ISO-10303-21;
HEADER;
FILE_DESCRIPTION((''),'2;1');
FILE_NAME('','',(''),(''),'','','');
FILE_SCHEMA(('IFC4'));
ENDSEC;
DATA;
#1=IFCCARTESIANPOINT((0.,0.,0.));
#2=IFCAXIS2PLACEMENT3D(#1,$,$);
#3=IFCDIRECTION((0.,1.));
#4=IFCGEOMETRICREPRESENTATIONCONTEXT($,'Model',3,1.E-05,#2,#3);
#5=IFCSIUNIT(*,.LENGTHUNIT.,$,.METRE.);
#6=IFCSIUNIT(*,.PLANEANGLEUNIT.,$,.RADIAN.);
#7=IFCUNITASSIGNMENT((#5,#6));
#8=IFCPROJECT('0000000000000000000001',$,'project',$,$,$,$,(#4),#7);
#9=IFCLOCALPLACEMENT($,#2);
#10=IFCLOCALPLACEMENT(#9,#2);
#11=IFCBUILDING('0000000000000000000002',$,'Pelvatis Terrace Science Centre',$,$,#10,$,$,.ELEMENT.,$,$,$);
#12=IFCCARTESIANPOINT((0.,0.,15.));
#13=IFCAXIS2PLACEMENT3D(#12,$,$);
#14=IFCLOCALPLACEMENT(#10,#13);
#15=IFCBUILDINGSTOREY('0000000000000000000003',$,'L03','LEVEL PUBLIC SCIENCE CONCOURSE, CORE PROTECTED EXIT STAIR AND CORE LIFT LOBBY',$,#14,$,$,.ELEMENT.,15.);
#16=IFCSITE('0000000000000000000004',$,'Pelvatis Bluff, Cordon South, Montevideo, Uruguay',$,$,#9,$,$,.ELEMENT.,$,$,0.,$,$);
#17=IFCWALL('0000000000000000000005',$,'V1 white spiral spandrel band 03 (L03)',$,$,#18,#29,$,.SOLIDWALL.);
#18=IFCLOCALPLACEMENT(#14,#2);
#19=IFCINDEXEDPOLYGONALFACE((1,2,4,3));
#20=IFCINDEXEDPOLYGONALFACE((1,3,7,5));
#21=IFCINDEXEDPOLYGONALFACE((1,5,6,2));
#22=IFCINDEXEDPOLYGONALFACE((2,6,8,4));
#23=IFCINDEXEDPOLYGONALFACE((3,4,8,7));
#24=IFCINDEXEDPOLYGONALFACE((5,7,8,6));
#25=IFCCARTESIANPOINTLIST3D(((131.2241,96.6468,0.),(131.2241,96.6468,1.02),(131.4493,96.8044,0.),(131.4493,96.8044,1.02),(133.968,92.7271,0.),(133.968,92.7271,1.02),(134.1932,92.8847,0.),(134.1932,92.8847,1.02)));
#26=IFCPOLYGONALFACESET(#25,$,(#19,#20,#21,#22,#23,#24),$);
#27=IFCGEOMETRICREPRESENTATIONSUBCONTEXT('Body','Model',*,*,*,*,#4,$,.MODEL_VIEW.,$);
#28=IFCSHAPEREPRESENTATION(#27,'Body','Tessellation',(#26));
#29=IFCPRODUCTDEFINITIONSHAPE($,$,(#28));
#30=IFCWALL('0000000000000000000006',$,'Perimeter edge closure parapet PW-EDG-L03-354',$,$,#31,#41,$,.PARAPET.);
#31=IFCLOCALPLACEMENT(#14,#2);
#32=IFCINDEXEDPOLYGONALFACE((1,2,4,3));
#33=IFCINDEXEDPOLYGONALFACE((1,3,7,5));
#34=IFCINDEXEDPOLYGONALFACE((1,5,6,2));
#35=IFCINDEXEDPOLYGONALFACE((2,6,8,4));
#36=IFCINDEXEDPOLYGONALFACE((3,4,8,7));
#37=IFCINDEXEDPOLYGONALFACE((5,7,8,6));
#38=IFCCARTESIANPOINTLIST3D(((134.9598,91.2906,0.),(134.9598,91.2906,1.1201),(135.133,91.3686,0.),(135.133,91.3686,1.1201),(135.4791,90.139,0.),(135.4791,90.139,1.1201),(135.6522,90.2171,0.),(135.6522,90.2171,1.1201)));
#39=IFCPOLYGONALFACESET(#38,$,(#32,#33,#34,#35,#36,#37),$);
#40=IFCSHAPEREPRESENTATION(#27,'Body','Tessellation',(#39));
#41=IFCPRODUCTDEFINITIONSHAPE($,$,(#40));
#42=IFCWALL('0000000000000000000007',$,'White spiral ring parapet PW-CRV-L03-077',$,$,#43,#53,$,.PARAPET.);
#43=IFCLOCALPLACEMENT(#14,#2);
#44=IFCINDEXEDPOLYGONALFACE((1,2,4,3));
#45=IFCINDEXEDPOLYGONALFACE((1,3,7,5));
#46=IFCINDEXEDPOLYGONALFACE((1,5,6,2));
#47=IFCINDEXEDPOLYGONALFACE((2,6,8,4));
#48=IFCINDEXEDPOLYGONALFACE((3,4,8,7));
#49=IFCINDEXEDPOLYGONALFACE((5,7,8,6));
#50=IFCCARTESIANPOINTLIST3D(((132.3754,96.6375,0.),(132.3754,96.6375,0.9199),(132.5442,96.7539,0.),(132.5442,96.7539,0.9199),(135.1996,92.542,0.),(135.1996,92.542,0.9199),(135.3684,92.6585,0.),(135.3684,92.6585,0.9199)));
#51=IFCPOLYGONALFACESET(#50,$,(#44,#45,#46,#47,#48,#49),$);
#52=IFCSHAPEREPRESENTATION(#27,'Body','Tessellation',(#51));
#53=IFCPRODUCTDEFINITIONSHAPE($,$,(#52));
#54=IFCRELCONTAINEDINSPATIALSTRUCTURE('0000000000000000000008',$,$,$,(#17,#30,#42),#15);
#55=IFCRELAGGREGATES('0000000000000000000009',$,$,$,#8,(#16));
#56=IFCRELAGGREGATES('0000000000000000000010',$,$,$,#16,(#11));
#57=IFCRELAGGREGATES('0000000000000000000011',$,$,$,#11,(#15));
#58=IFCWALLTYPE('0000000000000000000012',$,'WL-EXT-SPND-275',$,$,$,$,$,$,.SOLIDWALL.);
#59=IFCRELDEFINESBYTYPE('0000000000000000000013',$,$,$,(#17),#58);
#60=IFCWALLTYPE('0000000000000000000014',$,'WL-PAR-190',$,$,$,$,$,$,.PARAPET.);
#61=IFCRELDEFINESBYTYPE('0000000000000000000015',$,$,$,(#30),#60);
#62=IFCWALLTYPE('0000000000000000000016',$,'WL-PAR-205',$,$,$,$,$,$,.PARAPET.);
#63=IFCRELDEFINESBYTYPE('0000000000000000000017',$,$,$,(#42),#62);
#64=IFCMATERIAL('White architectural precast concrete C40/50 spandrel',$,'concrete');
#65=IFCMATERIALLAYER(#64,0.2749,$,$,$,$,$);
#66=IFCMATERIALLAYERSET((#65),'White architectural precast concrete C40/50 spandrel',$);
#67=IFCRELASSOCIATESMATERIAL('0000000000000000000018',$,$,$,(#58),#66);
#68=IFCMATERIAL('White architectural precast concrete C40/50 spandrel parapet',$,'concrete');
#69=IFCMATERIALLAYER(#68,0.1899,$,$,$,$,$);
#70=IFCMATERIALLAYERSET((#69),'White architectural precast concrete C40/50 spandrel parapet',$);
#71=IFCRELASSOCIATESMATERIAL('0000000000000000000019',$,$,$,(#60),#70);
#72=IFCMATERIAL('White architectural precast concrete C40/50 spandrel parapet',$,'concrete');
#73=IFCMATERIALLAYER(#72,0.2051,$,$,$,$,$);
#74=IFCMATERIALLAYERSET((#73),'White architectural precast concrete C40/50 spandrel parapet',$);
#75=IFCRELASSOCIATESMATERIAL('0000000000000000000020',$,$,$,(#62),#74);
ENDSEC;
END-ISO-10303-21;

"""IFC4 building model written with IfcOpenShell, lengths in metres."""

from ifc_helpers import new_model, si_unit, direction, frame, frame_2d, origin, place, context, subcontext, project, spatial, rectangle, extrude, material, layer, layer_set, type_object, element, save


model = new_model("IFC4")

# Units and contexts
model_context = context("Model", 3, precision=1e-05, world=origin(), true_north=direction((0.0, 1.0)))
body_context = subcontext(model_context, "Body", "Model", "MODEL_VIEW")
ifc_project = project(units=[si_unit("LENGTHUNIT", "METRE"), si_unit("PLANEANGLEUNIT", "RADIAN")], contexts=[model_context])

# Site, building, storey
site_placement = place(None, origin())
site = spatial("IfcSite", under=ifc_project, at=site_placement, Name="Pelvatis Bluff, Cordon South, Montevideo, Uruguay", CompositionType="ELEMENT", RefElevation=0.0)
building_placement = place(site_placement, origin())
building = spatial("IfcBuilding", under=site, at=building_placement, Name="Pelvatis Terrace Science Centre", CompositionType="ELEMENT")
storey_placement = place(building_placement, frame((0.0, 0.0, 15.0)))
storey = spatial("IfcBuildingStorey", under=building, at=storey_placement, Name="L03", Description="LEVEL PUBLIC SCIENCE CONCOURSE, CORE PROTECTED EXIT STAIR AND CORE LIFT LOBBY", CompositionType="ELEMENT", Elevation=15.0)

# Walls
ifc_material_1 = material(Name="White architectural precast concrete C40/50 spandrel", Category="concrete")
ifc_layer_1 = layer(ifc_material_1, 0.2749)
ifc_layer_set_1 = layer_set([ifc_layer_1], Name="White architectural precast concrete C40/50 spandrel")
wall_type_1 = type_object("IfcWallType", Name="WL-EXT-SPND-275", PredefinedType="SOLIDWALL", material=ifc_layer_set_1)
wall_1_placement = place(storey_placement, frame((134.0806, 92.8059, 0.0), z_axis=(0.0, 0.0, 1.0), x_axis=(-0.573479, 0.81922, 0.0)))
element("IfcWall", 1, at=wall_1_placement, inside=storey, type_object=wall_type_1, Name="V1 white spiral spandrel band 03 (L03)", PredefinedType="SOLIDWALL", context=body_context, shape_type="SweptSolid", body=[
    extrude(rectangle(XDim=4.7847, YDim=0.2749, at=frame_2d((2.3923, 0.0))), origin(), (0.0, 0.0, 1.0), 1.02),
])
ifc_material_2 = material(Name="White architectural precast concrete C40/50 spandrel parapet", Category="concrete")
ifc_layer_2 = layer(ifc_material_2, 0.1899)
ifc_layer_set_2 = layer_set([ifc_layer_2], Name="White architectural precast concrete C40/50 spandrel parapet")
wall_type_2 = type_object("IfcWallType", Name="WL-PAR-190", PredefinedType="PARAPET", material=ifc_layer_set_2)
wall_2_placement = place(storey_placement, frame((135.0464, 91.3296, 0.0), z_axis=(0.0, 0.0, 1.0), x_axis=(0.411064, -0.911607, 0.0)))
element("IfcWall", 2, at=wall_2_placement, inside=storey, type_object=wall_type_2, Name="Perimeter edge closure parapet PW-EDG-L03-354", PredefinedType="PARAPET", context=body_context, shape_type="SweptSolid", body=[
    extrude(rectangle(XDim=1.2632, YDim=0.1899, at=frame_2d((0.6316, 0.0))), origin(), (0.0, 0.0, 1.0), 1.1201),
])
ifc_material_3 = material(Name="White architectural precast concrete C40/50 spandrel parapet", Category="concrete")
ifc_layer_3 = layer(ifc_material_3, 0.2051)
ifc_layer_set_3 = layer_set([ifc_layer_3], Name="White architectural precast concrete C40/50 spandrel parapet")
wall_type_3 = type_object("IfcWallType", Name="WL-PAR-205", PredefinedType="PARAPET", material=ifc_layer_set_3)
wall_3_placement = place(storey_placement, frame((135.2839, 92.6003, 0.0), z_axis=(0.0, 0.0, 1.0), x_axis=(-0.567701, 0.823235, 0.0)))
element("IfcWall", 3, at=wall_3_placement, inside=storey, type_object=wall_type_3, Name="White spiral ring parapet PW-CRV-L03-077", PredefinedType="PARAPET", context=body_context, shape_type="SweptSolid", body=[
    extrude(rectangle(XDim=4.9749, YDim=0.2051, at=frame_2d((2.4873, 0.0))), origin(), (0.0, 0.0, 1.0), 0.9199),
])

save(model, "model.ifc")
